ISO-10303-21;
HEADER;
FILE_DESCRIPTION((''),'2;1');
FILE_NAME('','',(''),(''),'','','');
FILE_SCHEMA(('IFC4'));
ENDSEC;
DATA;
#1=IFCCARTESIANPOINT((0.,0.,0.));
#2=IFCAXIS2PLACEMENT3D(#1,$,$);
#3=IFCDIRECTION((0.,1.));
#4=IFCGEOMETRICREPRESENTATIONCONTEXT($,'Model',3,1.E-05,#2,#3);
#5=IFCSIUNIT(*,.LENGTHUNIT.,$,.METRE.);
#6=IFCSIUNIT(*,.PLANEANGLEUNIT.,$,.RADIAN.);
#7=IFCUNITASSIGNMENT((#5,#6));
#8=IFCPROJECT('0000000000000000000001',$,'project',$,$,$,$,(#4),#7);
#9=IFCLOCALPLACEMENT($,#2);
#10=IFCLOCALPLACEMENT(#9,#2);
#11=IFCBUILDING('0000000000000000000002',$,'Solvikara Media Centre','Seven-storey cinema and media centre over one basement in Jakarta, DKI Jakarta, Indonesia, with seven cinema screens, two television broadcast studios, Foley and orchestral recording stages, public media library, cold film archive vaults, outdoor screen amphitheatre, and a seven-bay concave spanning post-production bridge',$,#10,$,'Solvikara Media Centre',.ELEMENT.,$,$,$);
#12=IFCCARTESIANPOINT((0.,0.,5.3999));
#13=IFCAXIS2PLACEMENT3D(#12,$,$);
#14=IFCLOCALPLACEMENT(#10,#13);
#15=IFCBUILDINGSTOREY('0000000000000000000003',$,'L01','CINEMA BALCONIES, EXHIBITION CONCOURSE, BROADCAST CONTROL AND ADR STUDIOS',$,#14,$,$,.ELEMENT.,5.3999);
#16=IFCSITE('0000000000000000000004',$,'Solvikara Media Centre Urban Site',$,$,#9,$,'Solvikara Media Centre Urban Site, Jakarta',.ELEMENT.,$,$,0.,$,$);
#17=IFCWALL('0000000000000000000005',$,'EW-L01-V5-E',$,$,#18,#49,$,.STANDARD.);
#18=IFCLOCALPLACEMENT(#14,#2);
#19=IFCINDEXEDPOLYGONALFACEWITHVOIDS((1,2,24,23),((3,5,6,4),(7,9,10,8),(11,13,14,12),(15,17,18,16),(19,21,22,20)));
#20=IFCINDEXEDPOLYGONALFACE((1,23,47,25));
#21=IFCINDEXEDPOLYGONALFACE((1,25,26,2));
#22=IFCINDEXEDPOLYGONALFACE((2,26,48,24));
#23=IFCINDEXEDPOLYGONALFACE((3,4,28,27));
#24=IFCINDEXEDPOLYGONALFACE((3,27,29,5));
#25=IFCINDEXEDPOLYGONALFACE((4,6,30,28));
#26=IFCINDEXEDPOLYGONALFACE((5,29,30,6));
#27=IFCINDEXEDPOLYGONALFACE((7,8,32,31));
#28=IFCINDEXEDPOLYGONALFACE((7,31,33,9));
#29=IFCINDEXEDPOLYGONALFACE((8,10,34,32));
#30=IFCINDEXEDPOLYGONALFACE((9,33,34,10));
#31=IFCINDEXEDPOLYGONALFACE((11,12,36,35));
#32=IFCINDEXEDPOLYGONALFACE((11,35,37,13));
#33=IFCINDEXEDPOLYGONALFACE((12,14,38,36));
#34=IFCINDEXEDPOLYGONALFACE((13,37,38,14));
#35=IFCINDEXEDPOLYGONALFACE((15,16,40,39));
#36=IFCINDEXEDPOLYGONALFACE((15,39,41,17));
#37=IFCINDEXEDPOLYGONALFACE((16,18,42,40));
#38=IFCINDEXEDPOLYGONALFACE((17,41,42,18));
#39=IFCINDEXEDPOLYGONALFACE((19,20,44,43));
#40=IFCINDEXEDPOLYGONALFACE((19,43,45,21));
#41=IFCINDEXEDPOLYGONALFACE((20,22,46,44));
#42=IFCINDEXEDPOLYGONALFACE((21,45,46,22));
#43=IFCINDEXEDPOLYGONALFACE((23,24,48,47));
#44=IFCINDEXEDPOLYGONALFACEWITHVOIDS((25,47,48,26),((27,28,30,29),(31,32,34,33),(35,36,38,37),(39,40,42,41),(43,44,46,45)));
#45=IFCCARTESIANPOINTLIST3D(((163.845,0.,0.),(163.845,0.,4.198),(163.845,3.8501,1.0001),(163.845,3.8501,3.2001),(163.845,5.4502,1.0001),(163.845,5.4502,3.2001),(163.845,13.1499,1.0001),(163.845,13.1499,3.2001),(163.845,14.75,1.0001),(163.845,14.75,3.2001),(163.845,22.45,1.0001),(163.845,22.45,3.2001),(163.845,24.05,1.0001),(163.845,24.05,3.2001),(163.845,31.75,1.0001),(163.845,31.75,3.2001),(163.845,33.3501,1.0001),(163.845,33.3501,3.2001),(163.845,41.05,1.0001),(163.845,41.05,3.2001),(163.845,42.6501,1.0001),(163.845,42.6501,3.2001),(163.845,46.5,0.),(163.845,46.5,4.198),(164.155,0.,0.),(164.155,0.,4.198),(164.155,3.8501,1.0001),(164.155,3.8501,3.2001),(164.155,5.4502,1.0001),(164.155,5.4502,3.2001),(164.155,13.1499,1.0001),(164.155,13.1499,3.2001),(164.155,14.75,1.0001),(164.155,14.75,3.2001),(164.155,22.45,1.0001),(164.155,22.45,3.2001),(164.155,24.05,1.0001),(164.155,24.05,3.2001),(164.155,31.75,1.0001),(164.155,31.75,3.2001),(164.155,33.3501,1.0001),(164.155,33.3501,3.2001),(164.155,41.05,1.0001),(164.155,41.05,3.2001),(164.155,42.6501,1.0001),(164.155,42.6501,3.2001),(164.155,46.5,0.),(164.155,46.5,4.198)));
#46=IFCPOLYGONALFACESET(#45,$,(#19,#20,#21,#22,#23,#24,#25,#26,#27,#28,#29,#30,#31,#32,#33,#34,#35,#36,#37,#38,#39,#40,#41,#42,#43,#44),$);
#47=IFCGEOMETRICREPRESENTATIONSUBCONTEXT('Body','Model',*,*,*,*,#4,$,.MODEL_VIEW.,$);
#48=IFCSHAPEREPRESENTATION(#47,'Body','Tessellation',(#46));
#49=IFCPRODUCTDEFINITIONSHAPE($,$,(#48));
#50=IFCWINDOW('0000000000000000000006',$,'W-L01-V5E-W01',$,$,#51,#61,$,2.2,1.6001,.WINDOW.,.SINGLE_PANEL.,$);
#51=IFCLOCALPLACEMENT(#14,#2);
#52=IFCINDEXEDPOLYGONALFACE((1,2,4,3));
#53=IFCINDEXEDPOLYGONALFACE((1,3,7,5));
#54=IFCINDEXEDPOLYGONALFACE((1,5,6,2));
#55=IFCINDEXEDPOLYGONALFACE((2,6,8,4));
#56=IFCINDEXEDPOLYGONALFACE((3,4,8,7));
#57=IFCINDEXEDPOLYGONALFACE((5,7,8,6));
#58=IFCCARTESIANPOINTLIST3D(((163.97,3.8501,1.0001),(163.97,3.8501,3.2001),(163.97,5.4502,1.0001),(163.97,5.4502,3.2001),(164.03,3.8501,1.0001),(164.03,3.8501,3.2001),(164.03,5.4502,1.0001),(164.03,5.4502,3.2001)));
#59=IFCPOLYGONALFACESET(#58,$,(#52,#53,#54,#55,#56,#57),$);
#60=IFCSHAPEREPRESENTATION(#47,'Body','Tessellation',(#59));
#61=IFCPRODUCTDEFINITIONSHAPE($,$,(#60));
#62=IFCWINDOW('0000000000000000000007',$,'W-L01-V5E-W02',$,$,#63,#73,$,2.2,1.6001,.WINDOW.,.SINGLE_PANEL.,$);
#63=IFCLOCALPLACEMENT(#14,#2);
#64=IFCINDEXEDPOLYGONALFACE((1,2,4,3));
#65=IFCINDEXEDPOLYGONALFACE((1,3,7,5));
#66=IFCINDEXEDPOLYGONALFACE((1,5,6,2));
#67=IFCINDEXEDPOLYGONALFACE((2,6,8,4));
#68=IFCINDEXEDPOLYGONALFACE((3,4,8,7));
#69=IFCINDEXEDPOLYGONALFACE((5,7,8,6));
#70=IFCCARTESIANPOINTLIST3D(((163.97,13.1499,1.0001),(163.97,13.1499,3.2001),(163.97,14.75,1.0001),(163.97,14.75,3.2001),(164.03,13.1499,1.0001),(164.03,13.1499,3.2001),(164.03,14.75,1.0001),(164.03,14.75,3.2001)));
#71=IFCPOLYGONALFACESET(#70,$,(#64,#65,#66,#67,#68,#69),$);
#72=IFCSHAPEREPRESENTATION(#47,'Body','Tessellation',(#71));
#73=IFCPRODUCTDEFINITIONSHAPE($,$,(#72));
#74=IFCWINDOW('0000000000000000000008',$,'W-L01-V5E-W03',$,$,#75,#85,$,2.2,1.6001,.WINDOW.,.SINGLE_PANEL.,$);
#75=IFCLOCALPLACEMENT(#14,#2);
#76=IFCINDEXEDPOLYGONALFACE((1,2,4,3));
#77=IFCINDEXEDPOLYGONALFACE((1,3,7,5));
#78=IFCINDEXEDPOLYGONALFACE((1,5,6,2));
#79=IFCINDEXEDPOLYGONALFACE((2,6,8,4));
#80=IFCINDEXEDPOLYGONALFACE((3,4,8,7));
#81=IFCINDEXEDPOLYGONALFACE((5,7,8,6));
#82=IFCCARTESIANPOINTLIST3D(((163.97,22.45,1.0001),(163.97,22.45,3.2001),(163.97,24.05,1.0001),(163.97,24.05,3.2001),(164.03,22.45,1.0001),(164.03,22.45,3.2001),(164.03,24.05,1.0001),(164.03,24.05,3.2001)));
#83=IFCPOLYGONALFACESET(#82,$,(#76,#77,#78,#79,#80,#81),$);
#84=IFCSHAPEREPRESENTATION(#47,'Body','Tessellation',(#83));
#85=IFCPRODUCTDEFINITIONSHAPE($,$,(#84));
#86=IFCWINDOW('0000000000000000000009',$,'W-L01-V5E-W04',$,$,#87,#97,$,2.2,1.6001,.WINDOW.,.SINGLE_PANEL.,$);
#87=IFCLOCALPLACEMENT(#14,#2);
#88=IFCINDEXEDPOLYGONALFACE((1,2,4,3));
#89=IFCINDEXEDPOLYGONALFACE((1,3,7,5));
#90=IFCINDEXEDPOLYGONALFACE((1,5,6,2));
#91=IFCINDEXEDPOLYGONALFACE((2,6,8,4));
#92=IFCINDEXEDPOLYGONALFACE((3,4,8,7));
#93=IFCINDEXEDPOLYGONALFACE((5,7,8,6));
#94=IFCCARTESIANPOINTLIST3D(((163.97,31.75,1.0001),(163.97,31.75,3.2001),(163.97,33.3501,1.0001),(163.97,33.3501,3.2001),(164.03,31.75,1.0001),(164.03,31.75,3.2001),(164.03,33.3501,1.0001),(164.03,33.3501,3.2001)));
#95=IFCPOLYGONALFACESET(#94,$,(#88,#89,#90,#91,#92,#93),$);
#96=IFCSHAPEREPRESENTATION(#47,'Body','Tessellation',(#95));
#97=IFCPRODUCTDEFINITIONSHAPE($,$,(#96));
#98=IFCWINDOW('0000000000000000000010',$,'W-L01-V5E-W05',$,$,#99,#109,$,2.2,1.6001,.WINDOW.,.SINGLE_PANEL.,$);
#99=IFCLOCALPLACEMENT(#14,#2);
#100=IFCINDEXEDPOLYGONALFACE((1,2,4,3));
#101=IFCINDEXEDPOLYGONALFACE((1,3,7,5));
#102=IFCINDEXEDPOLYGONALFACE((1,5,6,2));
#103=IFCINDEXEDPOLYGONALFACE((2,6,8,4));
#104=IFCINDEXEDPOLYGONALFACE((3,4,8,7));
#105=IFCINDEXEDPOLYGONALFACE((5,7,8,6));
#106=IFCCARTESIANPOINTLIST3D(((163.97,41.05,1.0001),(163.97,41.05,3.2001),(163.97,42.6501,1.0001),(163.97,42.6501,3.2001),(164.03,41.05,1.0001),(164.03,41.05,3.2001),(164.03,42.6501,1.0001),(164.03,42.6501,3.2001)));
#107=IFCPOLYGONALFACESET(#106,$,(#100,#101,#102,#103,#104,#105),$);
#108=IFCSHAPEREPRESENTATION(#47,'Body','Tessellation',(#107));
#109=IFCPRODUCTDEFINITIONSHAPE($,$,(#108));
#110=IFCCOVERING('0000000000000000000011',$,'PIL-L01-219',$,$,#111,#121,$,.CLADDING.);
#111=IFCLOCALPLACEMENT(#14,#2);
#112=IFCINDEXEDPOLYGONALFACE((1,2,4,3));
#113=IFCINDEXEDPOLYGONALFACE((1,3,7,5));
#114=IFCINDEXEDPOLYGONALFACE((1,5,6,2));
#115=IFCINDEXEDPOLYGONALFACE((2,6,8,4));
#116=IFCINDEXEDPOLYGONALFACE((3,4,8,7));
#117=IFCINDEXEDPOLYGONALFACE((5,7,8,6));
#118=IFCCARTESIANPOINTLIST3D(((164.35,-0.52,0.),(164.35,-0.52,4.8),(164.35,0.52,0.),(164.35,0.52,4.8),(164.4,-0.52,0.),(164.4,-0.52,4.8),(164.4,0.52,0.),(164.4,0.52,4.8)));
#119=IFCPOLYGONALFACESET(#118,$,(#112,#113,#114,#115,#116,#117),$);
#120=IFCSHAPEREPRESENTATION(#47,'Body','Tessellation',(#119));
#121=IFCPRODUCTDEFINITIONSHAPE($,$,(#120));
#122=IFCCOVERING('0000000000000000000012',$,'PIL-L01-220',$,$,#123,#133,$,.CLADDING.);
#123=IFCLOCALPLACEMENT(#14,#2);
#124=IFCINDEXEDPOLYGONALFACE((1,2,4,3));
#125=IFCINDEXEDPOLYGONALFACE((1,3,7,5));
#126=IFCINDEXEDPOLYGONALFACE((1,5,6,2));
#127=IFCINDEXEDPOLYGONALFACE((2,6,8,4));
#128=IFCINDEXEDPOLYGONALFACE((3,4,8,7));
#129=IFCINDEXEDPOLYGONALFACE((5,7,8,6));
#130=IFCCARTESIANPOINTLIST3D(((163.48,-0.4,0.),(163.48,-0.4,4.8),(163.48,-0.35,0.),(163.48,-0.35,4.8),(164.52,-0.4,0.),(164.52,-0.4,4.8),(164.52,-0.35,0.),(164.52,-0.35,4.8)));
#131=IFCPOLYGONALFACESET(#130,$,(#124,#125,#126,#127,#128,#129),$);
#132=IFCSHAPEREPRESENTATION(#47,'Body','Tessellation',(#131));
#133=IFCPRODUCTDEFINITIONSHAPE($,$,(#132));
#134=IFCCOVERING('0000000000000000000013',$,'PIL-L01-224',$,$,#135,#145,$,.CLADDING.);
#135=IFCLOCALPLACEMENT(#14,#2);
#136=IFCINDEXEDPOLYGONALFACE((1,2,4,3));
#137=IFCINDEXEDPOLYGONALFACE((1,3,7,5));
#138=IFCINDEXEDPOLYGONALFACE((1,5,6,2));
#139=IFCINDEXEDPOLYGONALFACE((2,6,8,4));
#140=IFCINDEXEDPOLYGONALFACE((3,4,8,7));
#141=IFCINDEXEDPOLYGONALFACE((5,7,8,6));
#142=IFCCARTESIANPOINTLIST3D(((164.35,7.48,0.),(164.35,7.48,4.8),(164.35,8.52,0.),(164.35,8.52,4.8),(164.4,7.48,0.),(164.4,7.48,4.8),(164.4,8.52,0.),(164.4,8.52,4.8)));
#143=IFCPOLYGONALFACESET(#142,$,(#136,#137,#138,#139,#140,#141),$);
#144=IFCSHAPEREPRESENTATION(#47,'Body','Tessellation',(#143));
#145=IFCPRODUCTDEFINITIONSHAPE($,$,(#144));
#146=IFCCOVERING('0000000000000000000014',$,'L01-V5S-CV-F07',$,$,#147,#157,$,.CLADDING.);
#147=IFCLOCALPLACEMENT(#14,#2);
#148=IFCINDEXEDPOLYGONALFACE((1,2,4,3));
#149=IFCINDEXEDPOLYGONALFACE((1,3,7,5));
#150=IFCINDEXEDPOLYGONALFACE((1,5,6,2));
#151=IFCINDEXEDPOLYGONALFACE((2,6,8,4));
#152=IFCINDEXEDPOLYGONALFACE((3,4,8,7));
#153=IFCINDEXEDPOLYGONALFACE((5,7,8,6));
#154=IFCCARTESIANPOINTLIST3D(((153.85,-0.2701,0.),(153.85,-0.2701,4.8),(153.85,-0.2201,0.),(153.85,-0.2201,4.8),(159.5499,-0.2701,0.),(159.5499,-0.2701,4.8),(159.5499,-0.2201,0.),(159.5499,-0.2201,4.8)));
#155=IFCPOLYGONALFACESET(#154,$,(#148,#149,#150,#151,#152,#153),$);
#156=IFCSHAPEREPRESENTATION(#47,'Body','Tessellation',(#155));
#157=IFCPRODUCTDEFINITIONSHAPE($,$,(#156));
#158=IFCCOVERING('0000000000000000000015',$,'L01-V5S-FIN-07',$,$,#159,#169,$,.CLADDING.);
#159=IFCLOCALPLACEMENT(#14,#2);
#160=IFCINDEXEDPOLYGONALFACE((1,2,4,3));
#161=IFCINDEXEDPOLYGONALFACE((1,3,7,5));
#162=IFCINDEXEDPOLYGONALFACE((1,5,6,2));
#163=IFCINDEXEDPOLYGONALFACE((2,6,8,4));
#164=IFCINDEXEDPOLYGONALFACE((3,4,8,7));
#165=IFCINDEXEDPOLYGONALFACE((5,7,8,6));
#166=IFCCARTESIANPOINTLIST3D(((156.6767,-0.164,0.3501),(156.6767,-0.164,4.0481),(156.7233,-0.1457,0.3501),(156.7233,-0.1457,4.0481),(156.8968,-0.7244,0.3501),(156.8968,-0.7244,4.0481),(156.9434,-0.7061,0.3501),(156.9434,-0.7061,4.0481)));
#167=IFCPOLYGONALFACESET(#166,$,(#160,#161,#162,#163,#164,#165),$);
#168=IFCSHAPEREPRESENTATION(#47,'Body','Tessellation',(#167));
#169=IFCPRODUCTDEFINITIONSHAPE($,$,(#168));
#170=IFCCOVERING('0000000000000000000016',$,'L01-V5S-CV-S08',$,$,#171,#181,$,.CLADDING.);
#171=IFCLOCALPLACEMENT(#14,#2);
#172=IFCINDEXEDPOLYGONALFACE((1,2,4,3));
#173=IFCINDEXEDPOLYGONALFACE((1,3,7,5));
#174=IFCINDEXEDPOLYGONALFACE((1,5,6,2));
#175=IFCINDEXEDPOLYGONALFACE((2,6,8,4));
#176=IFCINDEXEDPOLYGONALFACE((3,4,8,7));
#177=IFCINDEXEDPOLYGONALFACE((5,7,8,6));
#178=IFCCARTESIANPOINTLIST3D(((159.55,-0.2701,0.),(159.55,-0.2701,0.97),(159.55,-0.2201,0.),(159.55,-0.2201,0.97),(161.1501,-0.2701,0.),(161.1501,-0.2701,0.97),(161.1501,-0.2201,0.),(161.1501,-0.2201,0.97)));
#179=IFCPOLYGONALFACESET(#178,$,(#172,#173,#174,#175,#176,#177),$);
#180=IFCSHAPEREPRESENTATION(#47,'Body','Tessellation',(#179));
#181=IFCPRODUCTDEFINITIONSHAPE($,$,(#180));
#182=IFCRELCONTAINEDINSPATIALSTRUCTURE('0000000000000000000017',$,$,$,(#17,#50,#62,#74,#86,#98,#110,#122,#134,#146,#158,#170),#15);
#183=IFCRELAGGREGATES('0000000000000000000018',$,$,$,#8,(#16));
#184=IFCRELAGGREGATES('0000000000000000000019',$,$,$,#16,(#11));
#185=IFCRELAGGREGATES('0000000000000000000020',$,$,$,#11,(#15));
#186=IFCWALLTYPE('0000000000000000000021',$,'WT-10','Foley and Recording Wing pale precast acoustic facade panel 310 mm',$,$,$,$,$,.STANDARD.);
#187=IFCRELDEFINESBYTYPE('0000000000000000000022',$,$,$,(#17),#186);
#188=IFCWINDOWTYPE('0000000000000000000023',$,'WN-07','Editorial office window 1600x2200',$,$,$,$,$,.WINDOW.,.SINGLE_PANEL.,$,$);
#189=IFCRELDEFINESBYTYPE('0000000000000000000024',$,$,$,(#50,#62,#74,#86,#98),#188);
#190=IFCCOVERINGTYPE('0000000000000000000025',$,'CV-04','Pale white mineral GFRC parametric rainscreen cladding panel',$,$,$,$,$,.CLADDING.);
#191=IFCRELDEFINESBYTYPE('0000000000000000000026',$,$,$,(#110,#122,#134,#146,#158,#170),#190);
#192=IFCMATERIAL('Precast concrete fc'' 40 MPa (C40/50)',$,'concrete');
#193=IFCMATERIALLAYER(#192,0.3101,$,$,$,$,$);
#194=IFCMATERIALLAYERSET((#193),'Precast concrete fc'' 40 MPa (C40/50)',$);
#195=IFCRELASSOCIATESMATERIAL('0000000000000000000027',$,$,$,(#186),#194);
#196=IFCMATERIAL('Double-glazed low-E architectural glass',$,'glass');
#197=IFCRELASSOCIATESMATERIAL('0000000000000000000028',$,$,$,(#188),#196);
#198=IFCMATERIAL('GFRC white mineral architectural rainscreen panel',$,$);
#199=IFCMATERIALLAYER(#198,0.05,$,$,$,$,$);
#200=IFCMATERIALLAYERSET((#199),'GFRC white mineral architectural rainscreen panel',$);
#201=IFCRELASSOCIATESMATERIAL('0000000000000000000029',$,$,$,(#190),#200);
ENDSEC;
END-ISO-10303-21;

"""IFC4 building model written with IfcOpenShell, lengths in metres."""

from ifc_helpers import new_model, si_unit, direction, frame, frame_2d, origin, origin_2d, place, context, subcontext, project, spatial, rectangle, extrude, material, layer, layer_set, type_object, element, fill, save


model = new_model("IFC4")

# Units and contexts
model_context = context("Model", 3, precision=1e-05, world=origin(), true_north=direction((0.0, 1.0)))
body_context = subcontext(model_context, "Body", "Model", "MODEL_VIEW")
ifc_project = project(units=[si_unit("LENGTHUNIT", "METRE"), si_unit("PLANEANGLEUNIT", "RADIAN")], contexts=[model_context])

# Site, building, storey
site_placement = place(None, origin())
site = spatial("IfcSite", under=ifc_project, at=site_placement, Name="Solvikara Media Centre Urban Site", LongName="Solvikara Media Centre Urban Site, Jakarta", CompositionType="ELEMENT", RefElevation=0.0)
building_placement = place(site_placement, origin())
building = spatial("IfcBuilding", under=site, at=building_placement, Name="Solvikara Media Centre", Description="Seven-storey cinema and media centre over one basement in Jakarta, DKI Jakarta, Indonesia, with seven cinema screens, two television broadcast studios, Foley and orchestral recording stages, public media library, cold film archive vaults, outdoor screen amphitheatre, and a seven-bay concave spanning post-production bridge", LongName="Solvikara Media Centre", CompositionType="ELEMENT")
storey_placement = place(building_placement, frame((0.0, 0.0, 5.3999)))
storey = spatial("IfcBuildingStorey", under=building, at=storey_placement, Name="L01", Description="CINEMA BALCONIES, EXHIBITION CONCOURSE, BROADCAST CONTROL AND ADR STUDIOS", CompositionType="ELEMENT", Elevation=5.3999)

# Wall, openings, windows
ifc_material_1 = material(Name="Precast concrete fc' 40 MPa (C40/50)", Category="concrete")
ifc_layer_1 = layer(ifc_material_1, 0.3101)
ifc_layer_set_1 = layer_set([ifc_layer_1], Name="Precast concrete fc' 40 MPa (C40/50)")
wall_type = type_object("IfcWallType", Name="WT-10", Description="Foley and Recording Wing pale precast acoustic facade panel 310 mm", PredefinedType="STANDARD", material=ifc_layer_set_1)
wall_placement = place(storey_placement, frame((164.0, 0.0, 0.0), z_axis=(0.0, 0.0, 1.0), x_axis=(0.0, 1.0, 0.0)))
wall = element("IfcWall", 1, at=wall_placement, inside=storey, type_object=wall_type, Name="EW-L01-V5-E", PredefinedType="STANDARD", context=body_context, shape_type="SweptSolid", body=[
    extrude(rectangle(XDim=46.5, YDim=0.3101, at=frame_2d((23.25, 0.0))), origin(), (0.0, 0.0, 1.0), 4.198),
])
opening_1_placement = place(wall_placement, frame((3.8501, 0.0, 1.0)))
opening_1 = element("IfcOpeningElement", 2, at=opening_1_placement, cuts=wall, PredefinedType="OPENING", context=body_context, shape_type="SweptSolid", body=[
    extrude(rectangle(XDim=1.6001, YDim=2.2, at=frame_2d((0.8, 1.1001))), frame((0.0, 0.167, 0.0), z_axis=(0.0, -1.0, 0.0), x_axis=(1.0, 0.0, 0.0)), (0.0, 0.0, 1.0), 0.334),
])
opening_2_placement = place(wall_placement, frame((13.1499, 0.0, 1.0)))
opening_2 = element("IfcOpeningElement", 3, at=opening_2_placement, cuts=wall, PredefinedType="OPENING", context=body_context, shape_type="SweptSolid", body=[
    extrude(rectangle(XDim=1.6001, YDim=2.2, at=frame_2d((0.8, 1.1001))), frame((0.0, 0.167, 0.0), z_axis=(0.0, -1.0, 0.0), x_axis=(1.0, 0.0, 0.0)), (0.0, 0.0, 1.0), 0.334),
])
opening_3_placement = place(wall_placement, frame((22.45, 0.0, 1.0)))
opening_3 = element("IfcOpeningElement", 4, at=opening_3_placement, cuts=wall, PredefinedType="OPENING", context=body_context, shape_type="SweptSolid", body=[
    extrude(rectangle(XDim=1.6001, YDim=2.2, at=frame_2d((0.8, 1.1001))), frame((0.0, 0.167, 0.0), z_axis=(0.0, -1.0, 0.0), x_axis=(1.0, 0.0, 0.0)), (0.0, 0.0, 1.0), 0.334),
])
opening_4_placement = place(wall_placement, frame((31.75, 0.0, 1.0)))
opening_4 = element("IfcOpeningElement", 5, at=opening_4_placement, cuts=wall, PredefinedType="OPENING", context=body_context, shape_type="SweptSolid", body=[
    extrude(rectangle(XDim=1.6001, YDim=2.2, at=frame_2d((0.8, 1.1001))), frame((0.0, 0.167, 0.0), z_axis=(0.0, -1.0, 0.0), x_axis=(1.0, 0.0, 0.0)), (0.0, 0.0, 1.0), 0.334),
])
opening_5_placement = place(wall_placement, frame((41.05, 0.0, 1.0)))
opening_5 = element("IfcOpeningElement", 6, at=opening_5_placement, cuts=wall, PredefinedType="OPENING", context=body_context, shape_type="SweptSolid", body=[
    extrude(rectangle(XDim=1.6001, YDim=2.2, at=frame_2d((0.8, 1.1001))), frame((0.0, 0.167, 0.0), z_axis=(0.0, -1.0, 0.0), x_axis=(1.0, 0.0, 0.0)), (0.0, 0.0, 1.0), 0.334),
])
ifc_material_2 = material(Name="Double-glazed low-E architectural glass", Category="glass")
window_type = type_object("IfcWindowType", Name="WN-07", Description="Editorial office window 1600x2200", PartitioningType="SINGLE_PANEL", PredefinedType="WINDOW", material=ifc_material_2)
window_1_placement = place(opening_1_placement, origin())
window_1 = element("IfcWindow", 7, at=window_1_placement, inside=storey, type_object=window_type, Name="W-L01-V5E-W01", OverallHeight=2.2, OverallWidth=1.6001, PartitioningType="SINGLE_PANEL", PredefinedType="WINDOW", context=body_context, shape_type="SweptSolid", body=[
    extrude(rectangle(XDim=1.6001, YDim=2.2, at=frame_2d((0.8, 1.1001))), frame((0.0, 0.03, 0.0), z_axis=(0.0, -1.0, 0.0), x_axis=(1.0, 0.0, 0.0)), (0.0, 0.0, 1.0), 0.0601),
])
fill(opening_1, window_1)
window_2_placement = place(opening_2_placement, origin())
window_2 = element("IfcWindow", 8, at=window_2_placement, inside=storey, type_object=window_type, Name="W-L01-V5E-W02", OverallHeight=2.2, OverallWidth=1.6001, PartitioningType="SINGLE_PANEL", PredefinedType="WINDOW", context=body_context, shape_type="SweptSolid", body=[
    extrude(rectangle(XDim=1.6001, YDim=2.2, at=frame_2d((0.8, 1.1001))), frame((0.0, 0.03, 0.0), z_axis=(0.0, -1.0, 0.0), x_axis=(1.0, 0.0, 0.0)), (0.0, 0.0, 1.0), 0.0601),
])
fill(opening_2, window_2)
window_3_placement = place(opening_3_placement, origin())
window_3 = element("IfcWindow", 9, at=window_3_placement, inside=storey, type_object=window_type, Name="W-L01-V5E-W03", OverallHeight=2.2, OverallWidth=1.6001, PartitioningType="SINGLE_PANEL", PredefinedType="WINDOW", context=body_context, shape_type="SweptSolid", body=[
    extrude(rectangle(XDim=1.6001, YDim=2.2, at=frame_2d((0.8, 1.1001))), frame((0.0, 0.03, 0.0), z_axis=(0.0, -1.0, 0.0), x_axis=(1.0, 0.0, 0.0)), (0.0, 0.0, 1.0), 0.0601),
])
fill(opening_3, window_3)
window_4_placement = place(opening_4_placement, origin())
window_4 = element("IfcWindow", 10, at=window_4_placement, inside=storey, type_object=window_type, Name="W-L01-V5E-W04", OverallHeight=2.2, OverallWidth=1.6001, PartitioningType="SINGLE_PANEL", PredefinedType="WINDOW", context=body_context, shape_type="SweptSolid", body=[
    extrude(rectangle(XDim=1.6001, YDim=2.2, at=frame_2d((0.8, 1.1001))), frame((0.0, 0.03, 0.0), z_axis=(0.0, -1.0, 0.0), x_axis=(1.0, 0.0, 0.0)), (0.0, 0.0, 1.0), 0.0601),
])
fill(opening_4, window_4)
window_5_placement = place(opening_5_placement, origin())
window_5 = element("IfcWindow", 11, at=window_5_placement, inside=storey, type_object=window_type, Name="W-L01-V5E-W05", OverallHeight=2.2, OverallWidth=1.6001, PartitioningType="SINGLE_PANEL", PredefinedType="WINDOW", context=body_context, shape_type="SweptSolid", body=[
    extrude(rectangle(XDim=1.6001, YDim=2.2, at=frame_2d((0.8, 1.1001))), frame((0.0, 0.03, 0.0), z_axis=(0.0, -1.0, 0.0), x_axis=(1.0, 0.0, 0.0)), (0.0, 0.0, 1.0), 0.0601),
])
fill(opening_5, window_5)

# Coverings
ifc_material_3 = material(Name="GFRC white mineral architectural rainscreen panel")
ifc_layer_2 = layer(ifc_material_3, 0.05)
ifc_layer_set_2 = layer_set([ifc_layer_2], Name="GFRC white mineral architectural rainscreen panel")
covering_type = type_object("IfcCoveringType", Name="CV-04", Description="Pale white mineral GFRC parametric rainscreen cladding panel", PredefinedType="CLADDING", material=ifc_layer_set_2)
for number, where, z_axis, x_axis, name in (
    (12, (164.375, 0.0, 0.0), (0.0, 0.0, 1.0), (0.0, 1.0, 0.0), "PIL-L01-219"),
    (13, (164.0, -0.375, 0.0), (0.0, 0.0, 1.0), (1.0, 0.0, 0.0), "PIL-L01-220"),
    (14, (164.375, 8.0, 0.0), (0.0, 0.0, 1.0), (0.0, 1.0, 0.0), "PIL-L01-224"),
):
    element("IfcCovering", number, at=place(storey_placement, frame(where, z_axis=z_axis, x_axis=x_axis)), inside=storey, type_object=covering_type, Name=name, PredefinedType="CLADDING", context=body_context, shape_type="SweptSolid", body=[
        extrude(rectangle(XDim=1.04, YDim=0.05, at=origin_2d()), origin(), (0.0, 0.0, 1.0), 4.8),
    ])
covering_1_placement = place(storey_placement, frame((156.7, -0.2451, 0.0), z_axis=(0.0, 0.0, 1.0), x_axis=(1.0, 0.0, 0.0)))
element("IfcCovering", 15, at=covering_1_placement, inside=storey, type_object=covering_type, Name="L01-V5S-CV-F07", PredefinedType="CLADDING", context=body_context, shape_type="SweptSolid", body=[
    extrude(rectangle(XDim=5.7, YDim=0.05, at=origin_2d()), origin(), (0.0, 0.0, 1.0), 4.8),
])
covering_2_placement = place(storey_placement, frame((156.8101, -0.4351, 0.3501), z_axis=(0.0, 0.0, 1.0), x_axis=(0.365657, -0.93075, 0.0)))
element("IfcCovering", 16, at=covering_2_placement, inside=storey, type_object=covering_type, Name="L01-V5S-FIN-07", PredefinedType="CLADDING", context=body_context, shape_type="SweptSolid", body=[
    extrude(rectangle(XDim=0.6021, YDim=0.05, at=origin_2d()), origin(), (0.0, 0.0, 1.0), 3.698),
])
covering_3_placement = place(storey_placement, frame((160.3501, -0.2451, 0.0), z_axis=(0.0, 0.0, 1.0), x_axis=(1.0, 0.0, 0.0)))
element("IfcCovering", 17, at=covering_3_placement, inside=storey, type_object=covering_type, Name="L01-V5S-CV-S08", PredefinedType="CLADDING", context=body_context, shape_type="SweptSolid", body=[
    extrude(rectangle(XDim=1.6001, YDim=0.05, at=origin_2d()), origin(), (0.0, 0.0, 1.0), 0.97),
])

save(model, "model.ifc")
